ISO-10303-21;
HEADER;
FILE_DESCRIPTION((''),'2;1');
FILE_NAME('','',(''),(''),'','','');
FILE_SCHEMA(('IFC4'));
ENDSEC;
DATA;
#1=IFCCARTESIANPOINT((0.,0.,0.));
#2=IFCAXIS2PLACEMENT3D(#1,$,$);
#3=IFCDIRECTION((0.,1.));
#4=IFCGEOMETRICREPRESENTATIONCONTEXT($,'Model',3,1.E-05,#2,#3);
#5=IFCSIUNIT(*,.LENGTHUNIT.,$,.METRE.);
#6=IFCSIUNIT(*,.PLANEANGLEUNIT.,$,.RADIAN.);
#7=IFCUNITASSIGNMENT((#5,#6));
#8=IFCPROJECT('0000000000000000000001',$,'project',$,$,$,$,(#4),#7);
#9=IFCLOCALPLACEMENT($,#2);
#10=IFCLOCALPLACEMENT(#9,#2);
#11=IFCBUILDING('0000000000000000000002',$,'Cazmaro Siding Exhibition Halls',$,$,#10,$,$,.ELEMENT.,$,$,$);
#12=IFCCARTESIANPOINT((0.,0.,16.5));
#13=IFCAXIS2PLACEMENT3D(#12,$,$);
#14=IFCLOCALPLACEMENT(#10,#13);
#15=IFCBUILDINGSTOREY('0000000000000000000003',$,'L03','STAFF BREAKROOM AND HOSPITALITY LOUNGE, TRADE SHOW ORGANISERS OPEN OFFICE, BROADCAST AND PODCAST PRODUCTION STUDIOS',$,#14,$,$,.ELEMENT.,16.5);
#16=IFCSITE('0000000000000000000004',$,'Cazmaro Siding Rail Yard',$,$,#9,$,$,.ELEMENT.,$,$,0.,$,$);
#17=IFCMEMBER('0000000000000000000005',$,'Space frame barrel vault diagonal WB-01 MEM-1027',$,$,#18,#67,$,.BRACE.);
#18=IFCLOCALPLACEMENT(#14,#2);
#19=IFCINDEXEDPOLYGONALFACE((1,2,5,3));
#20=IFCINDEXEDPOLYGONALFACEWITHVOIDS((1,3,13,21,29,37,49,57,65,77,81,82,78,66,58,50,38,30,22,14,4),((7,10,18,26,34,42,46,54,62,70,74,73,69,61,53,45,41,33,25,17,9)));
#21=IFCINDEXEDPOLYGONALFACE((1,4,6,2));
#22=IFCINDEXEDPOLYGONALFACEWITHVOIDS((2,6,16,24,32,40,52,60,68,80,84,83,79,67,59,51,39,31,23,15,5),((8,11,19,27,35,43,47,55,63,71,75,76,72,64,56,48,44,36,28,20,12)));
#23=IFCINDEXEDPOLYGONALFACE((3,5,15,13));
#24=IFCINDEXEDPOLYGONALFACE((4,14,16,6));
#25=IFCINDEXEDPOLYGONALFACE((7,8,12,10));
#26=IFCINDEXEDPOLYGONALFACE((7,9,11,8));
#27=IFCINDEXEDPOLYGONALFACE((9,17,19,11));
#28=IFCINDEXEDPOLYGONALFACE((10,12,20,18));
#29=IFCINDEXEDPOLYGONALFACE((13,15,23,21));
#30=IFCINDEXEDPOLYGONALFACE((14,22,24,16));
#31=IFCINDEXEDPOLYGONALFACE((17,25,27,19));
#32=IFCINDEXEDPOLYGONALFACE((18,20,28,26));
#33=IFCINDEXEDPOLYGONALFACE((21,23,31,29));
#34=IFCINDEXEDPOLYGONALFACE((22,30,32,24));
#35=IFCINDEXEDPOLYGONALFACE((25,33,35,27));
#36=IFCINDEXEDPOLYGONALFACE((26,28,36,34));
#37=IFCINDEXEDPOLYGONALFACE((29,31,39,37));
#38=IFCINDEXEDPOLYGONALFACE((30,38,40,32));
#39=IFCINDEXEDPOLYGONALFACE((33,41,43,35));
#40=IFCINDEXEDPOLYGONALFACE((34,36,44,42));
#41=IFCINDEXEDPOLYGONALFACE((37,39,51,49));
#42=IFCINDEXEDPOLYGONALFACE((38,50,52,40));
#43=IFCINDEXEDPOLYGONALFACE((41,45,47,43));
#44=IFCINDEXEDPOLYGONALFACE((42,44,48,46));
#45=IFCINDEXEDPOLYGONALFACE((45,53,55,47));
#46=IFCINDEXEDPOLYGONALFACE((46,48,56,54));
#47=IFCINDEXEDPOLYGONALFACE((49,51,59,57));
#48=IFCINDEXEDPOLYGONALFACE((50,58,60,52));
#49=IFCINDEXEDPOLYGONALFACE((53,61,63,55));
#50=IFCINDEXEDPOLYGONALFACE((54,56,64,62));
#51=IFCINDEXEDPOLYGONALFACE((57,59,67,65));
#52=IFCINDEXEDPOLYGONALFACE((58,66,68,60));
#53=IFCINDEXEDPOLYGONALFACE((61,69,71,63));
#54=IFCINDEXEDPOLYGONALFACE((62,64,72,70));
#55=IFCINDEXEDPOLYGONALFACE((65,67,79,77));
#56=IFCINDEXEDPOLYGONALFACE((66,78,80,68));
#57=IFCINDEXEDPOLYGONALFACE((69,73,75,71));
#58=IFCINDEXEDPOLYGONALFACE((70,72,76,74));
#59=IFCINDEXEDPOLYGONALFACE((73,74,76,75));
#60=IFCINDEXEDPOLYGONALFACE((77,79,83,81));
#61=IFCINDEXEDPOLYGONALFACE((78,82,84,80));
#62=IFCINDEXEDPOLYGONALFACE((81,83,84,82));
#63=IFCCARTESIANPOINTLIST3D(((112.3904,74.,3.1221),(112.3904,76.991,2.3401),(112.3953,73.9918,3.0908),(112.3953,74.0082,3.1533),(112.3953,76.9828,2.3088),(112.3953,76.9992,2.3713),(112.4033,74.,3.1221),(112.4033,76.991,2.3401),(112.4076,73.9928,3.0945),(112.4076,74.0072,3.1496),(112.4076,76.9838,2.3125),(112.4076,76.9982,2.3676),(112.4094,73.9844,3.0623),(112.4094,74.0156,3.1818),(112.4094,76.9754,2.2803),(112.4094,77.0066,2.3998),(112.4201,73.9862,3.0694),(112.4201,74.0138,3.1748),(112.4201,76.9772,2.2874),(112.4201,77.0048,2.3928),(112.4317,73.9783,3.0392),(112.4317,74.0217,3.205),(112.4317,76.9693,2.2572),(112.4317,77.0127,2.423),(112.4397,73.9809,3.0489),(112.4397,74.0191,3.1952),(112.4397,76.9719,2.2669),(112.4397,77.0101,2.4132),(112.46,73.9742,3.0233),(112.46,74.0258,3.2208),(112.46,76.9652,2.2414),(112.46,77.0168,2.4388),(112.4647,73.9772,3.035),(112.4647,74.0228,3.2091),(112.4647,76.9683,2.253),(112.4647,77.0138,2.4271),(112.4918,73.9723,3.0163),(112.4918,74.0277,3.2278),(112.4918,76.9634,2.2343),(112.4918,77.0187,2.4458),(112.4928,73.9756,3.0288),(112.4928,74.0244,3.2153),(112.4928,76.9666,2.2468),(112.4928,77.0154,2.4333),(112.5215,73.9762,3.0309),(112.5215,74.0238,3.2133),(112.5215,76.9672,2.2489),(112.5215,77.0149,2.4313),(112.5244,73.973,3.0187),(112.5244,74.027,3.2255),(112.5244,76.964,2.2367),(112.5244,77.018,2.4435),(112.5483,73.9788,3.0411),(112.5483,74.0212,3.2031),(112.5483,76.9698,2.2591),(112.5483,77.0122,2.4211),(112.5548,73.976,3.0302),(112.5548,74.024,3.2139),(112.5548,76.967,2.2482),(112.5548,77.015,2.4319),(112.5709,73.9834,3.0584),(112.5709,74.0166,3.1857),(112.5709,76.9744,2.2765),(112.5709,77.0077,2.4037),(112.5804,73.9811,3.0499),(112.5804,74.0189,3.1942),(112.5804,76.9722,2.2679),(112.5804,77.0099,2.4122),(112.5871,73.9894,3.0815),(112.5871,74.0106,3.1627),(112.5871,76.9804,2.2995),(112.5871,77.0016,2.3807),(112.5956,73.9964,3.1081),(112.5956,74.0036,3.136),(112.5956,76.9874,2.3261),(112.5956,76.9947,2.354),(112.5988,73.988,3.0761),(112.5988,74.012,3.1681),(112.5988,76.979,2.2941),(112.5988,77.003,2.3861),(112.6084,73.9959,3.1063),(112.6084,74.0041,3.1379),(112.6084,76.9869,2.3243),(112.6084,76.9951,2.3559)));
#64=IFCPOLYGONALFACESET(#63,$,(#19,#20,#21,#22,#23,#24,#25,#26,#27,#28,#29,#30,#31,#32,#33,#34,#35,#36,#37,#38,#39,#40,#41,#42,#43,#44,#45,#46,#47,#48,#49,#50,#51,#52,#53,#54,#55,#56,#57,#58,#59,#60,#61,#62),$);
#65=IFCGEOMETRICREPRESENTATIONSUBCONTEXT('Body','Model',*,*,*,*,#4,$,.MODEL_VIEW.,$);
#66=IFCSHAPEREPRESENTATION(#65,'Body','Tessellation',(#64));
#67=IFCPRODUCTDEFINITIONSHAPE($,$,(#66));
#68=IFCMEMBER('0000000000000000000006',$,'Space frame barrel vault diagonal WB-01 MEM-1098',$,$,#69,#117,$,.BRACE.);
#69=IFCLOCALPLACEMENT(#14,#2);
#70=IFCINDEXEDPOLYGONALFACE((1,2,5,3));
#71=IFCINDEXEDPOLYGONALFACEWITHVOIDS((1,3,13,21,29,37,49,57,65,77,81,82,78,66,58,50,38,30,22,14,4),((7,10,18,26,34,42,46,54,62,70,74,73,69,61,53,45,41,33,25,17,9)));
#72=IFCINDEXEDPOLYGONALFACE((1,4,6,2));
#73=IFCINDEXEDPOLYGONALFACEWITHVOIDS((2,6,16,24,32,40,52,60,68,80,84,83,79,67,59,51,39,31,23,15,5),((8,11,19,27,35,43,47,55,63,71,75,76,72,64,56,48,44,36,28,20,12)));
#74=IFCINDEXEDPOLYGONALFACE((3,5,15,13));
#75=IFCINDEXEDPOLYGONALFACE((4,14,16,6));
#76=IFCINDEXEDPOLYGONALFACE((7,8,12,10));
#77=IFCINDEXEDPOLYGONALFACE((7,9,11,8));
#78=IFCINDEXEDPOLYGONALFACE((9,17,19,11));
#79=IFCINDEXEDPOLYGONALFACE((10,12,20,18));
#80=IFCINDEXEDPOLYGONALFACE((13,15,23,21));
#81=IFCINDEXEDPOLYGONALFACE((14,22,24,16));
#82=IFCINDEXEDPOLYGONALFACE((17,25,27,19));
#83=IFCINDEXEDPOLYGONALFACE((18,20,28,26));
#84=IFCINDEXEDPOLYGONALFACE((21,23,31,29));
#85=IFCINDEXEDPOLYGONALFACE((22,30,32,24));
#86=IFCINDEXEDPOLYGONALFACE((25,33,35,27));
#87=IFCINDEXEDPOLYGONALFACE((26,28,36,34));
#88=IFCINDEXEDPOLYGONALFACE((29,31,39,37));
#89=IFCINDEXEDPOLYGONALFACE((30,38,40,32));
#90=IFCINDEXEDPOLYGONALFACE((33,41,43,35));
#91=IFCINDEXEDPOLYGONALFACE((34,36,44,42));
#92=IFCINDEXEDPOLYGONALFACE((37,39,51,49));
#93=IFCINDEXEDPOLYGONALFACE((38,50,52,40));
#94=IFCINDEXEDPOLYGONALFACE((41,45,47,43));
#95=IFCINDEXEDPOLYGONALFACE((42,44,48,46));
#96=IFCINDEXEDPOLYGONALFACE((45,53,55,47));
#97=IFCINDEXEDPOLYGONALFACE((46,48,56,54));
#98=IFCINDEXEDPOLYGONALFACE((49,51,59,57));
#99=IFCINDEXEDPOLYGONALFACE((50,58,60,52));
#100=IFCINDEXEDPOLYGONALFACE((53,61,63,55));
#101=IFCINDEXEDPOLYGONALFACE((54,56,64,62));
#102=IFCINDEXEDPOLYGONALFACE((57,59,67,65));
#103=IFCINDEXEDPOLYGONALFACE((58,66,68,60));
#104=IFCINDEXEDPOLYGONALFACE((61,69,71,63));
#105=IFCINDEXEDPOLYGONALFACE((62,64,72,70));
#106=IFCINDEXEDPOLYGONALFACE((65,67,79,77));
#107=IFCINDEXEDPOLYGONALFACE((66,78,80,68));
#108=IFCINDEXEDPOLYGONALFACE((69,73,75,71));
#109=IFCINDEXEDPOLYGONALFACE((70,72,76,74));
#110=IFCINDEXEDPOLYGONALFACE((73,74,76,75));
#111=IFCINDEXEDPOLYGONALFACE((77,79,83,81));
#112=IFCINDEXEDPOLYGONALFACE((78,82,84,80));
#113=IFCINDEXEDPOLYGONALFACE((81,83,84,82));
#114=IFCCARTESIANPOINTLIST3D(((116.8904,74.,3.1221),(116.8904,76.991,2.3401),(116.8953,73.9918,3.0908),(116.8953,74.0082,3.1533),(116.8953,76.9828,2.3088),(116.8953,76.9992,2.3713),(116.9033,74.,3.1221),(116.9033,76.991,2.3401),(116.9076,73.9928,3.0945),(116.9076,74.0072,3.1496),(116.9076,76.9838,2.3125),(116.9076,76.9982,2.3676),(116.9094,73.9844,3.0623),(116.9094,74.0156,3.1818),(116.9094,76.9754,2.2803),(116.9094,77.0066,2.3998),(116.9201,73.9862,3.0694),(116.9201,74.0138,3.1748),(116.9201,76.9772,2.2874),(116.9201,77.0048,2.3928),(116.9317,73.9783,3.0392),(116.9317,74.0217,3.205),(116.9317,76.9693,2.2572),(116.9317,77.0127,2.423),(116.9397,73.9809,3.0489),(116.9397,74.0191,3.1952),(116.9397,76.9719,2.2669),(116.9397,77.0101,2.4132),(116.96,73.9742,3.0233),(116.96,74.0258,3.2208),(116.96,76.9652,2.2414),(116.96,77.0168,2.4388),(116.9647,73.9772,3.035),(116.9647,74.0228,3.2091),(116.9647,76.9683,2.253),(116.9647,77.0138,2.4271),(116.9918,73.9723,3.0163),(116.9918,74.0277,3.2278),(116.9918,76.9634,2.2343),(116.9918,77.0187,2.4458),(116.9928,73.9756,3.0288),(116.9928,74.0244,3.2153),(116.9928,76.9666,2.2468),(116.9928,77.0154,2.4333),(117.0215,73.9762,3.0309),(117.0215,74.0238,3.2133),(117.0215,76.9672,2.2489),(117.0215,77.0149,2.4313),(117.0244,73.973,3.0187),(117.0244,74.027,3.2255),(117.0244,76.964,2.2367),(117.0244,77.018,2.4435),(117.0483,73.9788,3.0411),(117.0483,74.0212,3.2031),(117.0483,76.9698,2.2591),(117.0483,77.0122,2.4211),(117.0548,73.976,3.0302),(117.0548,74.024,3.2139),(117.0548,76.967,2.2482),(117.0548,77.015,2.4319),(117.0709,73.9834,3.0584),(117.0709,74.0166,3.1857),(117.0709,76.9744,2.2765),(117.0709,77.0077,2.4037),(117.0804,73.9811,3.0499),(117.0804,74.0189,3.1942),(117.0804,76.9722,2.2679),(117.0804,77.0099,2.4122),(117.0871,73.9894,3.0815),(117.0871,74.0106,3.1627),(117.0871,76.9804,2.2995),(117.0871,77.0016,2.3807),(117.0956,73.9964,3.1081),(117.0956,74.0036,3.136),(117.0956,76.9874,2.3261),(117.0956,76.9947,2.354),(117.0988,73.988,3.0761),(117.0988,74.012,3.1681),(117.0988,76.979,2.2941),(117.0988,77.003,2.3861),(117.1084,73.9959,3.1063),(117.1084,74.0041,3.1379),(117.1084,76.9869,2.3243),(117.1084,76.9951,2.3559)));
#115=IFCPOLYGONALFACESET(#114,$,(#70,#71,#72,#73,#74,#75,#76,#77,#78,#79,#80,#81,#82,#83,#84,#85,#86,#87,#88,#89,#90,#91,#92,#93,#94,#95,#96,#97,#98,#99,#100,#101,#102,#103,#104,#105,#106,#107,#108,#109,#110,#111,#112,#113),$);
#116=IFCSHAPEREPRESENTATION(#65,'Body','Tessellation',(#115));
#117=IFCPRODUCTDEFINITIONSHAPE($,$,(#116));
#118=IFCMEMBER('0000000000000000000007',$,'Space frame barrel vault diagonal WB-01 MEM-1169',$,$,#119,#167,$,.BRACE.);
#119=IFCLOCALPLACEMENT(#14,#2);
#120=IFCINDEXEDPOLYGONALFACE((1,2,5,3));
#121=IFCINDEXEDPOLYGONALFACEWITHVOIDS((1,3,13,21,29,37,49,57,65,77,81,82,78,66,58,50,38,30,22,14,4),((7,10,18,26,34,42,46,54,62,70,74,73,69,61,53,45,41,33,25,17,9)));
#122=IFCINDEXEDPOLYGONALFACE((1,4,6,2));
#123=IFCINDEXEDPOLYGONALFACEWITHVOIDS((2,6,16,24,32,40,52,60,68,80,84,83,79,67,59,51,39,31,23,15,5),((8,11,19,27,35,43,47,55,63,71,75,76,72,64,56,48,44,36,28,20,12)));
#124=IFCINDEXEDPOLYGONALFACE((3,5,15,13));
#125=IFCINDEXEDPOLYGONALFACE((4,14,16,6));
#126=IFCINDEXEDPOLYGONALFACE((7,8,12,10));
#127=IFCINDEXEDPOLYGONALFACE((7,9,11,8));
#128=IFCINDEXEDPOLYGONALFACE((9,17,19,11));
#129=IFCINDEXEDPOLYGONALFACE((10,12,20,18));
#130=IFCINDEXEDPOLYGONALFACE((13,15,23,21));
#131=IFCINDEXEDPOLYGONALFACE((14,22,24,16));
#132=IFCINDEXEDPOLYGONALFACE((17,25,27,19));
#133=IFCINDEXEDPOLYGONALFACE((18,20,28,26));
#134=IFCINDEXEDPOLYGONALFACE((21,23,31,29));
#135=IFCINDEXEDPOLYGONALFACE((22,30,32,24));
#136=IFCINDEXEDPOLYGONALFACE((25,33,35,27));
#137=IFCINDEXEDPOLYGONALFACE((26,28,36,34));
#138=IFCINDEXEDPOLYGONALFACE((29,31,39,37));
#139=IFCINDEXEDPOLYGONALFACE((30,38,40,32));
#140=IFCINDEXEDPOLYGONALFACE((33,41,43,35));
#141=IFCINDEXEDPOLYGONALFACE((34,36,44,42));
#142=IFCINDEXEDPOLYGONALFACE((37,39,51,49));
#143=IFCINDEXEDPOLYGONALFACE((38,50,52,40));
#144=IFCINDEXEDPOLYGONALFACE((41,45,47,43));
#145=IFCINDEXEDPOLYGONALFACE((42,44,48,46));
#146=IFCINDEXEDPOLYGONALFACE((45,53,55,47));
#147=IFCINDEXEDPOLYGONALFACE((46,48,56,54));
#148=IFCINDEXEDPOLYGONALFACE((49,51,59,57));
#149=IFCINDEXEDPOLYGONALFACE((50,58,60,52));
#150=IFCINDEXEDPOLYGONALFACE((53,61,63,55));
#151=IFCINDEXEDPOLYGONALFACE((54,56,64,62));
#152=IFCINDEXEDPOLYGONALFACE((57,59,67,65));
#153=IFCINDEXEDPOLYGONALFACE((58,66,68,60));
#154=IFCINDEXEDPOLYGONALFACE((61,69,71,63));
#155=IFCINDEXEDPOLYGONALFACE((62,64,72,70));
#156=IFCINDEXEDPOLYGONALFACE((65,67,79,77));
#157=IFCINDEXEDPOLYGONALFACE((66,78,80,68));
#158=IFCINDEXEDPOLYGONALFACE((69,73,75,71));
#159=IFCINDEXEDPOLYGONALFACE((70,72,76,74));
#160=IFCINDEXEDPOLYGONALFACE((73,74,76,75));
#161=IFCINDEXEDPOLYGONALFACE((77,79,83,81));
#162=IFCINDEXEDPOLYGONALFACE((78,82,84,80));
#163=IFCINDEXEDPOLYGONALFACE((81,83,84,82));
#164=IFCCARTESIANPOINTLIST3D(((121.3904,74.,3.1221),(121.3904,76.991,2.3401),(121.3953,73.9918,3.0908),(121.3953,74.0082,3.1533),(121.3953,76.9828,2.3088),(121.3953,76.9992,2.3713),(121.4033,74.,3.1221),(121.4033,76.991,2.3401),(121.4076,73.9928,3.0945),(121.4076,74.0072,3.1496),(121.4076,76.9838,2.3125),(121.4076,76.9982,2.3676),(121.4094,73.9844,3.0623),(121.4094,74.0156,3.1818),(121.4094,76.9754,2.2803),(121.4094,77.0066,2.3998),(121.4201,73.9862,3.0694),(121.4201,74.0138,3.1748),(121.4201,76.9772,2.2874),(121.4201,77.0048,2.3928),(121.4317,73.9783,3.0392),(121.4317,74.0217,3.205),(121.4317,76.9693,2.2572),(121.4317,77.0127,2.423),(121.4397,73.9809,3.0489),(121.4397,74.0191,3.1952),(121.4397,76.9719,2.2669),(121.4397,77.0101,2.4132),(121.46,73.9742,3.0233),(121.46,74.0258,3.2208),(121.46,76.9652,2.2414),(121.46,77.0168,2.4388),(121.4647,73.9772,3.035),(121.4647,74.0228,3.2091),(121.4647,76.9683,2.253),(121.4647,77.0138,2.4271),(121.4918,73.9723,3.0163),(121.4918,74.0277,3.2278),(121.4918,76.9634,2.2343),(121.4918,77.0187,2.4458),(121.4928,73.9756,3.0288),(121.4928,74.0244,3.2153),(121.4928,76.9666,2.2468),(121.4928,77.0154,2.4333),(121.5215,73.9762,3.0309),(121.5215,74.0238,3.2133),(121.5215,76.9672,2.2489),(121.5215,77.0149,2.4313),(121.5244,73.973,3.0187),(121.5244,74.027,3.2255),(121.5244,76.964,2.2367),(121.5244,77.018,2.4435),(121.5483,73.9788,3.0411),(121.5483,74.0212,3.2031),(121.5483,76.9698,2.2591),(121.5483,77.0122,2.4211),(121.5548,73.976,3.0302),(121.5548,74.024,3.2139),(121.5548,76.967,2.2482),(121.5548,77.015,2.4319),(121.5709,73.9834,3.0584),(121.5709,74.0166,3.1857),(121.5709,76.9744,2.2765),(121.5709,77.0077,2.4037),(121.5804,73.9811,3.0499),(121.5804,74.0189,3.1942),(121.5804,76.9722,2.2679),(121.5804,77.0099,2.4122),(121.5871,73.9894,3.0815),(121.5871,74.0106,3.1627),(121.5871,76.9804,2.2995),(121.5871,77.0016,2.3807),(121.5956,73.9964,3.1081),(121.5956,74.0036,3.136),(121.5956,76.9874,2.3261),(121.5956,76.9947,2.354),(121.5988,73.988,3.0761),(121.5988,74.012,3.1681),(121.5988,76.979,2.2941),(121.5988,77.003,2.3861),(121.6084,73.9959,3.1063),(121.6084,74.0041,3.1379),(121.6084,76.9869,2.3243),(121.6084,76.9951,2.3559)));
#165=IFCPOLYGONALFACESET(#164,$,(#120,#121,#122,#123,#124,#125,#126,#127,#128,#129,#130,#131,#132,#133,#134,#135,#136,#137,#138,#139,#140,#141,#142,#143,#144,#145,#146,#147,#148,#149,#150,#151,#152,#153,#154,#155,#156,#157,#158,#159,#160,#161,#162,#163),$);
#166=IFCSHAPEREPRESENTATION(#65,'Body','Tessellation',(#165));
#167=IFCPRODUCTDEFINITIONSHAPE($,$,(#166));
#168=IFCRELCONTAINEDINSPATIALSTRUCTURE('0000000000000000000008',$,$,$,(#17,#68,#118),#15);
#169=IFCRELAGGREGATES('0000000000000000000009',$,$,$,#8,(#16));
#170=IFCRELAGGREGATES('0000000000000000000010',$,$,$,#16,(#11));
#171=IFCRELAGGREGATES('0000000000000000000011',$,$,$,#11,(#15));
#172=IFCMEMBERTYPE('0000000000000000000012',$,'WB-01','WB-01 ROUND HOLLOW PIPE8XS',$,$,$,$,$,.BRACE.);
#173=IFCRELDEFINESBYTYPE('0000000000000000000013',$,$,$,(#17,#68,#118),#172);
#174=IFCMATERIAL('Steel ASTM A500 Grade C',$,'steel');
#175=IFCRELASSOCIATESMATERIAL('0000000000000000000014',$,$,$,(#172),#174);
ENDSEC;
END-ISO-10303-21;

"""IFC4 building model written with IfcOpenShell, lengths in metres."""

from ifc_helpers import new_model, si_unit, direction, frame, origin, origin_2d, place, context, subcontext, project, spatial, hollow_circle, extrude, material, material_profile, profile_set, type_object, element, save


model = new_model("IFC4")

# Units and contexts
model_context = context("Model", 3, precision=1e-05, world=origin(), true_north=direction((0.0, 1.0)))
body_context = subcontext(model_context, "Body", "Model", "MODEL_VIEW")
ifc_project = project(units=[si_unit("LENGTHUNIT", "METRE"), si_unit("PLANEANGLEUNIT", "RADIAN")], contexts=[model_context])

# Site, building, storey
site_placement = place(None, origin())
site = spatial("IfcSite", under=ifc_project, at=site_placement, Name="Cazmaro Siding Rail Yard", CompositionType="ELEMENT", RefElevation=0.0)
building_placement = place(site_placement, origin())
building = spatial("IfcBuilding", under=site, at=building_placement, Name="Cazmaro Siding Exhibition Halls", CompositionType="ELEMENT")
storey_placement = place(building_placement, frame((0.0, 0.0, 16.5)))
storey = spatial("IfcBuildingStorey", under=building, at=storey_placement, Name="L03", Description="STAFF BREAKROOM AND HOSPITALITY LOUNGE, TRADE SHOW ORGANISERS OPEN OFFICE, BROADCAST AND PODCAST PRODUCTION STUDIOS", CompositionType="ELEMENT", Elevation=16.5)

# Members
ifc_material_1 = material(Name="Steel ASTM A500 Grade C", Category="steel")
ifc_material_profile_1 = material_profile(ifc_material_1, hollow_circle(Radius=0.1096, WallThickness=0.0129, at=origin_2d()), Name="PIPE8XS")
ifc_profile_set_1 = profile_set([ifc_material_profile_1], Name="Steel ASTM A500 Grade C")
member_type_1 = type_object("IfcMemberType", Name="WB-01", Description="WB-01 ROUND HOLLOW PIPE8XS", PredefinedType="BRACE", material=ifc_profile_set_1)
for number, where, z_axis, x_axis, name in (
    (1, (112.5, 74.0, 3.1221), (0.0, 0.96748, -0.252946), (-1.0, 0.0, 0.0), "Space frame barrel vault diagonal WB-01 MEM-1027"),
    (2, (117.0, 74.0, 3.1221), (0.0, 0.96748, -0.252946), (-1.0, 0.0, 0.0), "Space frame barrel vault diagonal WB-01 MEM-1098"),
    (3, (121.5, 74.0, 3.1221), (0.0, 0.96748, -0.252946), (-1.0, 0.0, 0.0), "Space frame barrel vault diagonal WB-01 MEM-1169"),
):
    element("IfcMember", number, at=place(storey_placement, frame(where, z_axis=z_axis, x_axis=x_axis)), inside=storey, type_object=member_type_1, Name=name, PredefinedType="BRACE", context=body_context, shape_type="SweptSolid", body=[
        extrude(hollow_circle(Radius=0.1096, WallThickness=0.0129, at=origin_2d()), origin(), (0.0, 0.0, 1.0), 3.0916),
    ])

save(model, "model.ifc")
